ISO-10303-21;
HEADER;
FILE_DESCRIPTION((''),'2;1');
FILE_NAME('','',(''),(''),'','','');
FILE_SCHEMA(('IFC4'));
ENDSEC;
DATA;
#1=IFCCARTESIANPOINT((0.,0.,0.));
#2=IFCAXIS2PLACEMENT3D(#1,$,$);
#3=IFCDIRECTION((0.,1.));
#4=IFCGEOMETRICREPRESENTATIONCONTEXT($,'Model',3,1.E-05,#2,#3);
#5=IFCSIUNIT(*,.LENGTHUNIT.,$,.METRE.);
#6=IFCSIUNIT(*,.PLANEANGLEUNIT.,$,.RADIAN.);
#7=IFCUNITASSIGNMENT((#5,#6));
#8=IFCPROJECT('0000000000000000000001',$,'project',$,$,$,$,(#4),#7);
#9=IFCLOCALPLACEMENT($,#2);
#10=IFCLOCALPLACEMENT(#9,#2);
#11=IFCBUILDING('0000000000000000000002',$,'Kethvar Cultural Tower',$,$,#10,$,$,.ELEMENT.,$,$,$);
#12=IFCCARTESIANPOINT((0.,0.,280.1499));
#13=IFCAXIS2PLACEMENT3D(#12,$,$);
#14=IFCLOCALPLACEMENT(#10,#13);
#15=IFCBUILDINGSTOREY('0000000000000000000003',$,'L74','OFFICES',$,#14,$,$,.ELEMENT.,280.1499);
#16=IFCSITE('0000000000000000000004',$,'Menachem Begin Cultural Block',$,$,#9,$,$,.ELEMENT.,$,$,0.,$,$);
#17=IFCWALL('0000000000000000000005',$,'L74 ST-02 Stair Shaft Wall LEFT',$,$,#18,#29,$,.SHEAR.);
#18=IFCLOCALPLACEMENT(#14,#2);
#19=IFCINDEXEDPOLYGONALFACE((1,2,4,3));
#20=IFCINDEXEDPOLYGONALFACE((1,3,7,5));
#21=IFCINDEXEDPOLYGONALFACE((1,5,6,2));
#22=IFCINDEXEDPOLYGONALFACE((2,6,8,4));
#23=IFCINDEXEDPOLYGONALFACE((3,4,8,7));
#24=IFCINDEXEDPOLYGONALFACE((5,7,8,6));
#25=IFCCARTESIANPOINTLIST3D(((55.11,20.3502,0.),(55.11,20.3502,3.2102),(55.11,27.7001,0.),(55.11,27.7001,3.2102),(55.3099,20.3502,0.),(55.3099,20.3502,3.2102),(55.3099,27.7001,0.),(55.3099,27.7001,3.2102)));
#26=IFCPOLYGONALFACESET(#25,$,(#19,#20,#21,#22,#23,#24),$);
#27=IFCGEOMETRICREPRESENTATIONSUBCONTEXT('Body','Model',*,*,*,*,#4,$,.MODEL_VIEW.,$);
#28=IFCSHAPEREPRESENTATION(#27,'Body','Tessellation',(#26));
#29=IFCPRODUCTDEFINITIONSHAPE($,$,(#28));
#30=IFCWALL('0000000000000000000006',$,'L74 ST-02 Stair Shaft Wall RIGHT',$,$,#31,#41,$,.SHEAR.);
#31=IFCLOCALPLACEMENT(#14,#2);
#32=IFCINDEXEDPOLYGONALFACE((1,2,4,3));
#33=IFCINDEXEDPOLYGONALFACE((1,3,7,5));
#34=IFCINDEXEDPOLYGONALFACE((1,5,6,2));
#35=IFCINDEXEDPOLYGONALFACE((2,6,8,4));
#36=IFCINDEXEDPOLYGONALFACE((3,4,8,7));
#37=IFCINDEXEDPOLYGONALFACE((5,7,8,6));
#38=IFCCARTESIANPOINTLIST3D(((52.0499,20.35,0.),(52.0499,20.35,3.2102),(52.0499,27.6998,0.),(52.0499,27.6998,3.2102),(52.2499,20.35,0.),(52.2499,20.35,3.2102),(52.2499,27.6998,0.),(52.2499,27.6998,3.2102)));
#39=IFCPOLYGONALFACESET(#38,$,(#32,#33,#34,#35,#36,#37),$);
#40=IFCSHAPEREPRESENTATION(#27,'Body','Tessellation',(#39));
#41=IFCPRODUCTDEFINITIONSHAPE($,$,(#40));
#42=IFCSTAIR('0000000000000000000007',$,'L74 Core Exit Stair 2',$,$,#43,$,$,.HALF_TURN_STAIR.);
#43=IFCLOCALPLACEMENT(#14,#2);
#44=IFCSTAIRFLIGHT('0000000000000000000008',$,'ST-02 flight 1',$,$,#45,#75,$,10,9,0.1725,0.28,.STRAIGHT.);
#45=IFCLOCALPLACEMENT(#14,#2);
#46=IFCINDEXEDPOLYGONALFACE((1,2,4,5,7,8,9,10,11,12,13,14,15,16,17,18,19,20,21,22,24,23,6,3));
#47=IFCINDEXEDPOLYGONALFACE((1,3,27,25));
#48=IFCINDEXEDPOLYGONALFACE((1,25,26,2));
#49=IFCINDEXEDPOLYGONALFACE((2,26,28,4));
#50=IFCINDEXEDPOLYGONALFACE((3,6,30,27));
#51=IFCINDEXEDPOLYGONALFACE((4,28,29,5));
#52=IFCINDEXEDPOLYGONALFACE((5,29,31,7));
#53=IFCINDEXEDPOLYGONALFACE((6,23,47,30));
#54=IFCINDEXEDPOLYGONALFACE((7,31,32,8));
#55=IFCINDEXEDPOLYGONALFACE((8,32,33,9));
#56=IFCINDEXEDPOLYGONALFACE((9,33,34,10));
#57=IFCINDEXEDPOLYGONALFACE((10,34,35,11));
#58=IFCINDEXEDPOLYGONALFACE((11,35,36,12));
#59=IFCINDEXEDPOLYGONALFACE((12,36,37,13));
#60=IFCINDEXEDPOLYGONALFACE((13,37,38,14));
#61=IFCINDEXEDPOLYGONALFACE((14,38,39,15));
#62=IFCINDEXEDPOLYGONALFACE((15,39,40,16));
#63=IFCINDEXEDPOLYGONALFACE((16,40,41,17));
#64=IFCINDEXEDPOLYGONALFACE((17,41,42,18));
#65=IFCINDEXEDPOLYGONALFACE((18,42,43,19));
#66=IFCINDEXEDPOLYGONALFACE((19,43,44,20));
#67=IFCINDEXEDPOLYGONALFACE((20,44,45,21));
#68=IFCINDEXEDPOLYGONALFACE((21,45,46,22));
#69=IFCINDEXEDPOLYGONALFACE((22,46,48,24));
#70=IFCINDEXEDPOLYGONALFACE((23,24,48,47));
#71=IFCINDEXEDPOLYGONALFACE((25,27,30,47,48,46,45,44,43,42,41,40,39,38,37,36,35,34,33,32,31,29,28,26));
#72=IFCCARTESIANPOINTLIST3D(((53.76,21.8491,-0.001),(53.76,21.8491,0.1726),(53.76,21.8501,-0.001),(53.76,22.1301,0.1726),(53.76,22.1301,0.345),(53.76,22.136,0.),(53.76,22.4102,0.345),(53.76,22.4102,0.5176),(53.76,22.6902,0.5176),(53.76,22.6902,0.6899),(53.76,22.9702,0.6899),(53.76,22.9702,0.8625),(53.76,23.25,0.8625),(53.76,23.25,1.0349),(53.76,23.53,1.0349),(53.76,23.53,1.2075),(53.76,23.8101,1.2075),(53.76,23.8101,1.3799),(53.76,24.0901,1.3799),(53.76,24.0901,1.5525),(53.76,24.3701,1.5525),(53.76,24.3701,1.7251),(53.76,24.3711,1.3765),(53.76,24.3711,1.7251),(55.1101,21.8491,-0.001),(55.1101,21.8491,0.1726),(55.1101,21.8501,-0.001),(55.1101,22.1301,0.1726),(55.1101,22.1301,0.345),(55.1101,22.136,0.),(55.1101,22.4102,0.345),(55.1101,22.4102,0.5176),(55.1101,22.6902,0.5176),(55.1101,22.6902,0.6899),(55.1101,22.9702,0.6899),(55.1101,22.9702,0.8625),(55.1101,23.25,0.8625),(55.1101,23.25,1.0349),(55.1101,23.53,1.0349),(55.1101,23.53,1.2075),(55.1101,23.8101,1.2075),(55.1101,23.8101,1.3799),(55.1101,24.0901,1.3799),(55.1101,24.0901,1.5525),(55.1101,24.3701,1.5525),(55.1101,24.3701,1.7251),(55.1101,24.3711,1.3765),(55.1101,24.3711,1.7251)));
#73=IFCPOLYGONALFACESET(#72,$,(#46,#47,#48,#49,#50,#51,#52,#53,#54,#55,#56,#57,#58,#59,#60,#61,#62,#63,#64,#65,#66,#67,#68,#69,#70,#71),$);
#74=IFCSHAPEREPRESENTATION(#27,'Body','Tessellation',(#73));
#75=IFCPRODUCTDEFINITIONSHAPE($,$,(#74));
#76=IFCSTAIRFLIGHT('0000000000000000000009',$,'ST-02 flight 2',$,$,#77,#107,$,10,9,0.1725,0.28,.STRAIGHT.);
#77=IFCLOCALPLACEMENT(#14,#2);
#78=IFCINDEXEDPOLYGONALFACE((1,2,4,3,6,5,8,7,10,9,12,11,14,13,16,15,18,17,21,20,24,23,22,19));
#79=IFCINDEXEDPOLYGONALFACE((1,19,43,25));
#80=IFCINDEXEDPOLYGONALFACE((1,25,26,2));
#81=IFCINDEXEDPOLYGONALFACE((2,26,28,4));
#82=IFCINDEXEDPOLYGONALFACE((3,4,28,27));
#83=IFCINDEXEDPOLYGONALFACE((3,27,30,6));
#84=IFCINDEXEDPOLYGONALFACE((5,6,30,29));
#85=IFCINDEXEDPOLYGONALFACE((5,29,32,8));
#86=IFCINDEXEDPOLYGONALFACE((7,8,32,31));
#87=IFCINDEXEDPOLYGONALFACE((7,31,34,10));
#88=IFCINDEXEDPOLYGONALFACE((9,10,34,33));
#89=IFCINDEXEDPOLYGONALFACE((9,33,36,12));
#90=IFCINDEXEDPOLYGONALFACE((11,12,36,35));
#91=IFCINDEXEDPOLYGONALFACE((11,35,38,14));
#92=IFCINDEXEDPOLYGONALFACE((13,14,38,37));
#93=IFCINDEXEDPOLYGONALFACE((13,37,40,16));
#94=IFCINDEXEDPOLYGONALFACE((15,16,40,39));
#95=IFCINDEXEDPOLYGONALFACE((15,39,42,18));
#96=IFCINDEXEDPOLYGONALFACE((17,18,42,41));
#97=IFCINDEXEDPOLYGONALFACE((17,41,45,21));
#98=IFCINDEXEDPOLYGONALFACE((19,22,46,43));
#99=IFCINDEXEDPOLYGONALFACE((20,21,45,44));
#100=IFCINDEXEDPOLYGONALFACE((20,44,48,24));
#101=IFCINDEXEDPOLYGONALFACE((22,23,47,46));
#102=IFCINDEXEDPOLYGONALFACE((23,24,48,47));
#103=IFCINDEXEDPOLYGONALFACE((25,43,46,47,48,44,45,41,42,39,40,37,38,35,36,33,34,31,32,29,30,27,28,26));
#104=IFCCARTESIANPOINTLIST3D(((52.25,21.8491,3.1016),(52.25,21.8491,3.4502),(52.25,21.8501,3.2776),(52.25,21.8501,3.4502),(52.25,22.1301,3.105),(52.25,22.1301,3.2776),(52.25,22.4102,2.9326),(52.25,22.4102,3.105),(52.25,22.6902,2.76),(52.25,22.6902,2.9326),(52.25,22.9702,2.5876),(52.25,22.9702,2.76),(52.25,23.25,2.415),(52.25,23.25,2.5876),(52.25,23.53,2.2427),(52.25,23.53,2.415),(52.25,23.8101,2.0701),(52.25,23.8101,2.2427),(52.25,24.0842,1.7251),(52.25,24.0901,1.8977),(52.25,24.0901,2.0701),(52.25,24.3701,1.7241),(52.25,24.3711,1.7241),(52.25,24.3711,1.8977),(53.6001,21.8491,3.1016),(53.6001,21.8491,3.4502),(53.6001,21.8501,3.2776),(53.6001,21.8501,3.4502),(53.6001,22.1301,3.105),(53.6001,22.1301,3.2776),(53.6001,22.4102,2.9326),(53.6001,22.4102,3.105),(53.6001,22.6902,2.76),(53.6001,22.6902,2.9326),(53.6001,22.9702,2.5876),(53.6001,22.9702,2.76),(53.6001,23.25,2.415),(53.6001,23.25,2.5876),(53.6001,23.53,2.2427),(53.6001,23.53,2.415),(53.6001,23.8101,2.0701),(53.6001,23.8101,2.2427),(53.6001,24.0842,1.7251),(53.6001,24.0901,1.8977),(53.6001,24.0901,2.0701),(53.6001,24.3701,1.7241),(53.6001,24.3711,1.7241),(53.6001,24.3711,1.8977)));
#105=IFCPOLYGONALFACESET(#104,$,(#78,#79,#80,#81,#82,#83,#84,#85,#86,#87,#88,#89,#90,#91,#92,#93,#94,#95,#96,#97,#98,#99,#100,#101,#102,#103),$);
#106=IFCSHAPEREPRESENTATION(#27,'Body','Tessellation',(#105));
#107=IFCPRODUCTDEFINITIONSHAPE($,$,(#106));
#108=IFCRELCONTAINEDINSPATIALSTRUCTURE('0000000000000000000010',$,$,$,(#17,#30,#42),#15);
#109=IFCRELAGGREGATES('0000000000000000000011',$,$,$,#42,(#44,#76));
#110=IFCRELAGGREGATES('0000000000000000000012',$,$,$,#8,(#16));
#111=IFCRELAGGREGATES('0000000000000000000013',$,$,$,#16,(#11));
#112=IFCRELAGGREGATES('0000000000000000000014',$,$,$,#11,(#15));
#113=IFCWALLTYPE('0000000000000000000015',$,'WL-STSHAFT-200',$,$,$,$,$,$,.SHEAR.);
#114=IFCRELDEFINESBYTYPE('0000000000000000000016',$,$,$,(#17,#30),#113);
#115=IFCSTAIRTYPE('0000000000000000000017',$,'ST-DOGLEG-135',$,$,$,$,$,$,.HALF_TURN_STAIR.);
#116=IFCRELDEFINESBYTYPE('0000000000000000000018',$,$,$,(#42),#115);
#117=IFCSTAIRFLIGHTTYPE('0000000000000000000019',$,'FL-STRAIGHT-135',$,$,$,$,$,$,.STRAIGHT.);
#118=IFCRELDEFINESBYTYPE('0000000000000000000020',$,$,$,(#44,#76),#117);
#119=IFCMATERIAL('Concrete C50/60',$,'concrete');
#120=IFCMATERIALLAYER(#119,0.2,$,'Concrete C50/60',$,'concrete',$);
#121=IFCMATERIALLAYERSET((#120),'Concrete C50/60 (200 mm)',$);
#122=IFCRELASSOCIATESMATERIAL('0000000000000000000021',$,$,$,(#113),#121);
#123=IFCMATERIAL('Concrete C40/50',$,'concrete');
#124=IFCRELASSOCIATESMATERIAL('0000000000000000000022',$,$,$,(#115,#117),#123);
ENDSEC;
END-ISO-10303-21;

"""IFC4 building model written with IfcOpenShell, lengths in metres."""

from ifc_helpers import new_model, si_unit, direction, frame, frame_2d, origin, place, context, subcontext, project, spatial, polyline, rectangle, outline, extrude, material, layer, layer_set, type_object, element, aggregate, save


model = new_model("IFC4")

# Units and contexts
model_context = context("Model", 3, precision=1e-05, world=origin(), true_north=direction((0.0, 1.0)))
body_context = subcontext(model_context, "Body", "Model", "MODEL_VIEW")
ifc_project = project(units=[si_unit("LENGTHUNIT", "METRE"), si_unit("PLANEANGLEUNIT", "RADIAN")], contexts=[model_context])

# Site, building, storey
site_placement = place(None, origin())
site = spatial("IfcSite", under=ifc_project, at=site_placement, Name="Menachem Begin Cultural Block", CompositionType="ELEMENT", RefElevation=0.0)
building_placement = place(site_placement, origin())
building = spatial("IfcBuilding", under=site, at=building_placement, Name="Kethvar Cultural Tower", CompositionType="ELEMENT")
storey_placement = place(building_placement, frame((0.0, 0.0, 280.1499)))
storey = spatial("IfcBuildingStorey", under=building, at=storey_placement, Name="L74", Description="OFFICES", CompositionType="ELEMENT", Elevation=280.1499)

# Shared definitions
ifc_material_1 = material(Name="Concrete C50/60", Category="concrete")

# Walls
ifc_layer_1 = layer(ifc_material_1, 0.2, Name="Concrete C50/60", Category="concrete")
ifc_layer_set_1 = layer_set([ifc_layer_1], Name="Concrete C50/60 (200 mm)")
wall_type_1 = type_object("IfcWallType", Name="WL-STSHAFT-200", PredefinedType="SHEAR", material=ifc_layer_set_1)
for number, where, z_axis, x_axis, name in (
    (1, (55.21, 27.7, 0.0), (0.0, 0.0, 1.0), (0.0, -1.0, 0.0), "L74 ST-02 Stair Shaft Wall LEFT"),
    (2, (52.1499, 20.3501, 0.0), (0.0, 0.0, 1.0), (0.0, 1.0, 0.0), "L74 ST-02 Stair Shaft Wall RIGHT"),
):
    element("IfcWall", number, at=place(storey_placement, frame(where, z_axis=z_axis, x_axis=x_axis)), inside=storey, type_object=wall_type_1, Name=name, PredefinedType="SHEAR", context=body_context, shape_type="SweptSolid", body=[
        extrude(rectangle(XDim=7.3499, YDim=0.2, at=frame_2d((3.6748, 0.0))), origin(), (0.0, 0.0, 1.0), 3.2102),
    ])

# Stair, stair flights
ifc_material_2 = material(Name="Concrete C40/50", Category="concrete")
stair_type = type_object("IfcStairType", Name="ST-DOGLEG-135", PredefinedType="HALF_TURN_STAIR", material=ifc_material_2)
stair_placement = place(storey_placement, origin())
stair = element("IfcStair", 3, at=stair_placement, inside=storey, type_object=stair_type, Name="L74 Core Exit Stair 2", PredefinedType="HALF_TURN_STAIR")
stair_flight_type = type_object("IfcStairFlightType", Name="FL-STRAIGHT-135", PredefinedType="STRAIGHT", material=ifc_material_2)
stair_flight_1_placement = place(storey_placement, frame((54.4351, 21.8501, 0.0), z_axis=(0.0, 0.0, 1.0), x_axis=(0.0, 1.0, 0.0)))
stair_flight_1 = element("IfcStairFlight", 4, at=stair_flight_1_placement, type_object=stair_flight_type, Name="ST-02 flight 1", NumberOfRisers=10, NumberOfTreads=9, PredefinedType="STRAIGHT", RiserHeight=0.1725, TreadLength=0.28, context=body_context, shape_type="SweptSolid", body=[
    extrude(outline(polyline([(-0.001, -0.001), (-0.001, 0.1726), (0.28, 0.1726), (0.28, 0.345), (0.5601, 0.345), (0.5601, 0.5176), (0.8401, 0.5176), (0.8401, 0.6899), (1.1201, 0.6899), (1.1201, 0.8625), (1.3999, 0.8625), (1.3999, 1.0349), (1.6799, 1.0349), (1.6799, 1.2075), (1.96, 1.2075), (1.96, 1.3799), (2.24, 1.3799), (2.24, 1.5525), (2.52, 1.5525), (2.52, 1.7251), (2.521, 1.7251), (2.521, 1.3765), (0.2859, 0.0), (0.0, -0.001), (-0.001, -0.001)])), frame((0.0, 0.675, 0.0), z_axis=(0.0, -1.0, 0.0), x_axis=(1.0, 0.0, 0.0)), (0.0, 0.0, 1.0), 1.3501),
])
stair_flight_2_placement = place(storey_placement, frame((52.925, 24.3701, 1.7251), z_axis=(0.0, 0.0, 1.0), x_axis=(0.0, -1.0, 0.0)))
stair_flight_2 = element("IfcStairFlight", 5, at=stair_flight_2_placement, type_object=stair_flight_type, Name="ST-02 flight 2", NumberOfRisers=10, NumberOfTreads=9, PredefinedType="STRAIGHT", RiserHeight=0.1725, TreadLength=0.28, context=body_context, shape_type="SweptSolid", body=[
    extrude(outline(polyline([(-0.001, -0.001), (-0.001, 0.1726), (0.28, 0.1726), (0.28, 0.345), (0.5601, 0.345), (0.5601, 0.5176), (0.8401, 0.5176), (0.8401, 0.6899), (1.1201, 0.6899), (1.1201, 0.8625), (1.3999, 0.8625), (1.3999, 1.0349), (1.6799, 1.0349), (1.6799, 1.2075), (1.96, 1.2075), (1.96, 1.3799), (2.24, 1.3799), (2.24, 1.5525), (2.52, 1.5525), (2.52, 1.7251), (2.521, 1.7251), (2.521, 1.3765), (0.2859, 0.0), (0.0, -0.001), (-0.001, -0.001)])), frame((0.0, 0.675, 0.0), z_axis=(0.0, -1.0, 0.0), x_axis=(1.0, 0.0, 0.0)), (0.0, 0.0, 1.0), 1.3501),
])
aggregate(stair, [stair_flight_1, stair_flight_2])

save(model, "model.ifc")
